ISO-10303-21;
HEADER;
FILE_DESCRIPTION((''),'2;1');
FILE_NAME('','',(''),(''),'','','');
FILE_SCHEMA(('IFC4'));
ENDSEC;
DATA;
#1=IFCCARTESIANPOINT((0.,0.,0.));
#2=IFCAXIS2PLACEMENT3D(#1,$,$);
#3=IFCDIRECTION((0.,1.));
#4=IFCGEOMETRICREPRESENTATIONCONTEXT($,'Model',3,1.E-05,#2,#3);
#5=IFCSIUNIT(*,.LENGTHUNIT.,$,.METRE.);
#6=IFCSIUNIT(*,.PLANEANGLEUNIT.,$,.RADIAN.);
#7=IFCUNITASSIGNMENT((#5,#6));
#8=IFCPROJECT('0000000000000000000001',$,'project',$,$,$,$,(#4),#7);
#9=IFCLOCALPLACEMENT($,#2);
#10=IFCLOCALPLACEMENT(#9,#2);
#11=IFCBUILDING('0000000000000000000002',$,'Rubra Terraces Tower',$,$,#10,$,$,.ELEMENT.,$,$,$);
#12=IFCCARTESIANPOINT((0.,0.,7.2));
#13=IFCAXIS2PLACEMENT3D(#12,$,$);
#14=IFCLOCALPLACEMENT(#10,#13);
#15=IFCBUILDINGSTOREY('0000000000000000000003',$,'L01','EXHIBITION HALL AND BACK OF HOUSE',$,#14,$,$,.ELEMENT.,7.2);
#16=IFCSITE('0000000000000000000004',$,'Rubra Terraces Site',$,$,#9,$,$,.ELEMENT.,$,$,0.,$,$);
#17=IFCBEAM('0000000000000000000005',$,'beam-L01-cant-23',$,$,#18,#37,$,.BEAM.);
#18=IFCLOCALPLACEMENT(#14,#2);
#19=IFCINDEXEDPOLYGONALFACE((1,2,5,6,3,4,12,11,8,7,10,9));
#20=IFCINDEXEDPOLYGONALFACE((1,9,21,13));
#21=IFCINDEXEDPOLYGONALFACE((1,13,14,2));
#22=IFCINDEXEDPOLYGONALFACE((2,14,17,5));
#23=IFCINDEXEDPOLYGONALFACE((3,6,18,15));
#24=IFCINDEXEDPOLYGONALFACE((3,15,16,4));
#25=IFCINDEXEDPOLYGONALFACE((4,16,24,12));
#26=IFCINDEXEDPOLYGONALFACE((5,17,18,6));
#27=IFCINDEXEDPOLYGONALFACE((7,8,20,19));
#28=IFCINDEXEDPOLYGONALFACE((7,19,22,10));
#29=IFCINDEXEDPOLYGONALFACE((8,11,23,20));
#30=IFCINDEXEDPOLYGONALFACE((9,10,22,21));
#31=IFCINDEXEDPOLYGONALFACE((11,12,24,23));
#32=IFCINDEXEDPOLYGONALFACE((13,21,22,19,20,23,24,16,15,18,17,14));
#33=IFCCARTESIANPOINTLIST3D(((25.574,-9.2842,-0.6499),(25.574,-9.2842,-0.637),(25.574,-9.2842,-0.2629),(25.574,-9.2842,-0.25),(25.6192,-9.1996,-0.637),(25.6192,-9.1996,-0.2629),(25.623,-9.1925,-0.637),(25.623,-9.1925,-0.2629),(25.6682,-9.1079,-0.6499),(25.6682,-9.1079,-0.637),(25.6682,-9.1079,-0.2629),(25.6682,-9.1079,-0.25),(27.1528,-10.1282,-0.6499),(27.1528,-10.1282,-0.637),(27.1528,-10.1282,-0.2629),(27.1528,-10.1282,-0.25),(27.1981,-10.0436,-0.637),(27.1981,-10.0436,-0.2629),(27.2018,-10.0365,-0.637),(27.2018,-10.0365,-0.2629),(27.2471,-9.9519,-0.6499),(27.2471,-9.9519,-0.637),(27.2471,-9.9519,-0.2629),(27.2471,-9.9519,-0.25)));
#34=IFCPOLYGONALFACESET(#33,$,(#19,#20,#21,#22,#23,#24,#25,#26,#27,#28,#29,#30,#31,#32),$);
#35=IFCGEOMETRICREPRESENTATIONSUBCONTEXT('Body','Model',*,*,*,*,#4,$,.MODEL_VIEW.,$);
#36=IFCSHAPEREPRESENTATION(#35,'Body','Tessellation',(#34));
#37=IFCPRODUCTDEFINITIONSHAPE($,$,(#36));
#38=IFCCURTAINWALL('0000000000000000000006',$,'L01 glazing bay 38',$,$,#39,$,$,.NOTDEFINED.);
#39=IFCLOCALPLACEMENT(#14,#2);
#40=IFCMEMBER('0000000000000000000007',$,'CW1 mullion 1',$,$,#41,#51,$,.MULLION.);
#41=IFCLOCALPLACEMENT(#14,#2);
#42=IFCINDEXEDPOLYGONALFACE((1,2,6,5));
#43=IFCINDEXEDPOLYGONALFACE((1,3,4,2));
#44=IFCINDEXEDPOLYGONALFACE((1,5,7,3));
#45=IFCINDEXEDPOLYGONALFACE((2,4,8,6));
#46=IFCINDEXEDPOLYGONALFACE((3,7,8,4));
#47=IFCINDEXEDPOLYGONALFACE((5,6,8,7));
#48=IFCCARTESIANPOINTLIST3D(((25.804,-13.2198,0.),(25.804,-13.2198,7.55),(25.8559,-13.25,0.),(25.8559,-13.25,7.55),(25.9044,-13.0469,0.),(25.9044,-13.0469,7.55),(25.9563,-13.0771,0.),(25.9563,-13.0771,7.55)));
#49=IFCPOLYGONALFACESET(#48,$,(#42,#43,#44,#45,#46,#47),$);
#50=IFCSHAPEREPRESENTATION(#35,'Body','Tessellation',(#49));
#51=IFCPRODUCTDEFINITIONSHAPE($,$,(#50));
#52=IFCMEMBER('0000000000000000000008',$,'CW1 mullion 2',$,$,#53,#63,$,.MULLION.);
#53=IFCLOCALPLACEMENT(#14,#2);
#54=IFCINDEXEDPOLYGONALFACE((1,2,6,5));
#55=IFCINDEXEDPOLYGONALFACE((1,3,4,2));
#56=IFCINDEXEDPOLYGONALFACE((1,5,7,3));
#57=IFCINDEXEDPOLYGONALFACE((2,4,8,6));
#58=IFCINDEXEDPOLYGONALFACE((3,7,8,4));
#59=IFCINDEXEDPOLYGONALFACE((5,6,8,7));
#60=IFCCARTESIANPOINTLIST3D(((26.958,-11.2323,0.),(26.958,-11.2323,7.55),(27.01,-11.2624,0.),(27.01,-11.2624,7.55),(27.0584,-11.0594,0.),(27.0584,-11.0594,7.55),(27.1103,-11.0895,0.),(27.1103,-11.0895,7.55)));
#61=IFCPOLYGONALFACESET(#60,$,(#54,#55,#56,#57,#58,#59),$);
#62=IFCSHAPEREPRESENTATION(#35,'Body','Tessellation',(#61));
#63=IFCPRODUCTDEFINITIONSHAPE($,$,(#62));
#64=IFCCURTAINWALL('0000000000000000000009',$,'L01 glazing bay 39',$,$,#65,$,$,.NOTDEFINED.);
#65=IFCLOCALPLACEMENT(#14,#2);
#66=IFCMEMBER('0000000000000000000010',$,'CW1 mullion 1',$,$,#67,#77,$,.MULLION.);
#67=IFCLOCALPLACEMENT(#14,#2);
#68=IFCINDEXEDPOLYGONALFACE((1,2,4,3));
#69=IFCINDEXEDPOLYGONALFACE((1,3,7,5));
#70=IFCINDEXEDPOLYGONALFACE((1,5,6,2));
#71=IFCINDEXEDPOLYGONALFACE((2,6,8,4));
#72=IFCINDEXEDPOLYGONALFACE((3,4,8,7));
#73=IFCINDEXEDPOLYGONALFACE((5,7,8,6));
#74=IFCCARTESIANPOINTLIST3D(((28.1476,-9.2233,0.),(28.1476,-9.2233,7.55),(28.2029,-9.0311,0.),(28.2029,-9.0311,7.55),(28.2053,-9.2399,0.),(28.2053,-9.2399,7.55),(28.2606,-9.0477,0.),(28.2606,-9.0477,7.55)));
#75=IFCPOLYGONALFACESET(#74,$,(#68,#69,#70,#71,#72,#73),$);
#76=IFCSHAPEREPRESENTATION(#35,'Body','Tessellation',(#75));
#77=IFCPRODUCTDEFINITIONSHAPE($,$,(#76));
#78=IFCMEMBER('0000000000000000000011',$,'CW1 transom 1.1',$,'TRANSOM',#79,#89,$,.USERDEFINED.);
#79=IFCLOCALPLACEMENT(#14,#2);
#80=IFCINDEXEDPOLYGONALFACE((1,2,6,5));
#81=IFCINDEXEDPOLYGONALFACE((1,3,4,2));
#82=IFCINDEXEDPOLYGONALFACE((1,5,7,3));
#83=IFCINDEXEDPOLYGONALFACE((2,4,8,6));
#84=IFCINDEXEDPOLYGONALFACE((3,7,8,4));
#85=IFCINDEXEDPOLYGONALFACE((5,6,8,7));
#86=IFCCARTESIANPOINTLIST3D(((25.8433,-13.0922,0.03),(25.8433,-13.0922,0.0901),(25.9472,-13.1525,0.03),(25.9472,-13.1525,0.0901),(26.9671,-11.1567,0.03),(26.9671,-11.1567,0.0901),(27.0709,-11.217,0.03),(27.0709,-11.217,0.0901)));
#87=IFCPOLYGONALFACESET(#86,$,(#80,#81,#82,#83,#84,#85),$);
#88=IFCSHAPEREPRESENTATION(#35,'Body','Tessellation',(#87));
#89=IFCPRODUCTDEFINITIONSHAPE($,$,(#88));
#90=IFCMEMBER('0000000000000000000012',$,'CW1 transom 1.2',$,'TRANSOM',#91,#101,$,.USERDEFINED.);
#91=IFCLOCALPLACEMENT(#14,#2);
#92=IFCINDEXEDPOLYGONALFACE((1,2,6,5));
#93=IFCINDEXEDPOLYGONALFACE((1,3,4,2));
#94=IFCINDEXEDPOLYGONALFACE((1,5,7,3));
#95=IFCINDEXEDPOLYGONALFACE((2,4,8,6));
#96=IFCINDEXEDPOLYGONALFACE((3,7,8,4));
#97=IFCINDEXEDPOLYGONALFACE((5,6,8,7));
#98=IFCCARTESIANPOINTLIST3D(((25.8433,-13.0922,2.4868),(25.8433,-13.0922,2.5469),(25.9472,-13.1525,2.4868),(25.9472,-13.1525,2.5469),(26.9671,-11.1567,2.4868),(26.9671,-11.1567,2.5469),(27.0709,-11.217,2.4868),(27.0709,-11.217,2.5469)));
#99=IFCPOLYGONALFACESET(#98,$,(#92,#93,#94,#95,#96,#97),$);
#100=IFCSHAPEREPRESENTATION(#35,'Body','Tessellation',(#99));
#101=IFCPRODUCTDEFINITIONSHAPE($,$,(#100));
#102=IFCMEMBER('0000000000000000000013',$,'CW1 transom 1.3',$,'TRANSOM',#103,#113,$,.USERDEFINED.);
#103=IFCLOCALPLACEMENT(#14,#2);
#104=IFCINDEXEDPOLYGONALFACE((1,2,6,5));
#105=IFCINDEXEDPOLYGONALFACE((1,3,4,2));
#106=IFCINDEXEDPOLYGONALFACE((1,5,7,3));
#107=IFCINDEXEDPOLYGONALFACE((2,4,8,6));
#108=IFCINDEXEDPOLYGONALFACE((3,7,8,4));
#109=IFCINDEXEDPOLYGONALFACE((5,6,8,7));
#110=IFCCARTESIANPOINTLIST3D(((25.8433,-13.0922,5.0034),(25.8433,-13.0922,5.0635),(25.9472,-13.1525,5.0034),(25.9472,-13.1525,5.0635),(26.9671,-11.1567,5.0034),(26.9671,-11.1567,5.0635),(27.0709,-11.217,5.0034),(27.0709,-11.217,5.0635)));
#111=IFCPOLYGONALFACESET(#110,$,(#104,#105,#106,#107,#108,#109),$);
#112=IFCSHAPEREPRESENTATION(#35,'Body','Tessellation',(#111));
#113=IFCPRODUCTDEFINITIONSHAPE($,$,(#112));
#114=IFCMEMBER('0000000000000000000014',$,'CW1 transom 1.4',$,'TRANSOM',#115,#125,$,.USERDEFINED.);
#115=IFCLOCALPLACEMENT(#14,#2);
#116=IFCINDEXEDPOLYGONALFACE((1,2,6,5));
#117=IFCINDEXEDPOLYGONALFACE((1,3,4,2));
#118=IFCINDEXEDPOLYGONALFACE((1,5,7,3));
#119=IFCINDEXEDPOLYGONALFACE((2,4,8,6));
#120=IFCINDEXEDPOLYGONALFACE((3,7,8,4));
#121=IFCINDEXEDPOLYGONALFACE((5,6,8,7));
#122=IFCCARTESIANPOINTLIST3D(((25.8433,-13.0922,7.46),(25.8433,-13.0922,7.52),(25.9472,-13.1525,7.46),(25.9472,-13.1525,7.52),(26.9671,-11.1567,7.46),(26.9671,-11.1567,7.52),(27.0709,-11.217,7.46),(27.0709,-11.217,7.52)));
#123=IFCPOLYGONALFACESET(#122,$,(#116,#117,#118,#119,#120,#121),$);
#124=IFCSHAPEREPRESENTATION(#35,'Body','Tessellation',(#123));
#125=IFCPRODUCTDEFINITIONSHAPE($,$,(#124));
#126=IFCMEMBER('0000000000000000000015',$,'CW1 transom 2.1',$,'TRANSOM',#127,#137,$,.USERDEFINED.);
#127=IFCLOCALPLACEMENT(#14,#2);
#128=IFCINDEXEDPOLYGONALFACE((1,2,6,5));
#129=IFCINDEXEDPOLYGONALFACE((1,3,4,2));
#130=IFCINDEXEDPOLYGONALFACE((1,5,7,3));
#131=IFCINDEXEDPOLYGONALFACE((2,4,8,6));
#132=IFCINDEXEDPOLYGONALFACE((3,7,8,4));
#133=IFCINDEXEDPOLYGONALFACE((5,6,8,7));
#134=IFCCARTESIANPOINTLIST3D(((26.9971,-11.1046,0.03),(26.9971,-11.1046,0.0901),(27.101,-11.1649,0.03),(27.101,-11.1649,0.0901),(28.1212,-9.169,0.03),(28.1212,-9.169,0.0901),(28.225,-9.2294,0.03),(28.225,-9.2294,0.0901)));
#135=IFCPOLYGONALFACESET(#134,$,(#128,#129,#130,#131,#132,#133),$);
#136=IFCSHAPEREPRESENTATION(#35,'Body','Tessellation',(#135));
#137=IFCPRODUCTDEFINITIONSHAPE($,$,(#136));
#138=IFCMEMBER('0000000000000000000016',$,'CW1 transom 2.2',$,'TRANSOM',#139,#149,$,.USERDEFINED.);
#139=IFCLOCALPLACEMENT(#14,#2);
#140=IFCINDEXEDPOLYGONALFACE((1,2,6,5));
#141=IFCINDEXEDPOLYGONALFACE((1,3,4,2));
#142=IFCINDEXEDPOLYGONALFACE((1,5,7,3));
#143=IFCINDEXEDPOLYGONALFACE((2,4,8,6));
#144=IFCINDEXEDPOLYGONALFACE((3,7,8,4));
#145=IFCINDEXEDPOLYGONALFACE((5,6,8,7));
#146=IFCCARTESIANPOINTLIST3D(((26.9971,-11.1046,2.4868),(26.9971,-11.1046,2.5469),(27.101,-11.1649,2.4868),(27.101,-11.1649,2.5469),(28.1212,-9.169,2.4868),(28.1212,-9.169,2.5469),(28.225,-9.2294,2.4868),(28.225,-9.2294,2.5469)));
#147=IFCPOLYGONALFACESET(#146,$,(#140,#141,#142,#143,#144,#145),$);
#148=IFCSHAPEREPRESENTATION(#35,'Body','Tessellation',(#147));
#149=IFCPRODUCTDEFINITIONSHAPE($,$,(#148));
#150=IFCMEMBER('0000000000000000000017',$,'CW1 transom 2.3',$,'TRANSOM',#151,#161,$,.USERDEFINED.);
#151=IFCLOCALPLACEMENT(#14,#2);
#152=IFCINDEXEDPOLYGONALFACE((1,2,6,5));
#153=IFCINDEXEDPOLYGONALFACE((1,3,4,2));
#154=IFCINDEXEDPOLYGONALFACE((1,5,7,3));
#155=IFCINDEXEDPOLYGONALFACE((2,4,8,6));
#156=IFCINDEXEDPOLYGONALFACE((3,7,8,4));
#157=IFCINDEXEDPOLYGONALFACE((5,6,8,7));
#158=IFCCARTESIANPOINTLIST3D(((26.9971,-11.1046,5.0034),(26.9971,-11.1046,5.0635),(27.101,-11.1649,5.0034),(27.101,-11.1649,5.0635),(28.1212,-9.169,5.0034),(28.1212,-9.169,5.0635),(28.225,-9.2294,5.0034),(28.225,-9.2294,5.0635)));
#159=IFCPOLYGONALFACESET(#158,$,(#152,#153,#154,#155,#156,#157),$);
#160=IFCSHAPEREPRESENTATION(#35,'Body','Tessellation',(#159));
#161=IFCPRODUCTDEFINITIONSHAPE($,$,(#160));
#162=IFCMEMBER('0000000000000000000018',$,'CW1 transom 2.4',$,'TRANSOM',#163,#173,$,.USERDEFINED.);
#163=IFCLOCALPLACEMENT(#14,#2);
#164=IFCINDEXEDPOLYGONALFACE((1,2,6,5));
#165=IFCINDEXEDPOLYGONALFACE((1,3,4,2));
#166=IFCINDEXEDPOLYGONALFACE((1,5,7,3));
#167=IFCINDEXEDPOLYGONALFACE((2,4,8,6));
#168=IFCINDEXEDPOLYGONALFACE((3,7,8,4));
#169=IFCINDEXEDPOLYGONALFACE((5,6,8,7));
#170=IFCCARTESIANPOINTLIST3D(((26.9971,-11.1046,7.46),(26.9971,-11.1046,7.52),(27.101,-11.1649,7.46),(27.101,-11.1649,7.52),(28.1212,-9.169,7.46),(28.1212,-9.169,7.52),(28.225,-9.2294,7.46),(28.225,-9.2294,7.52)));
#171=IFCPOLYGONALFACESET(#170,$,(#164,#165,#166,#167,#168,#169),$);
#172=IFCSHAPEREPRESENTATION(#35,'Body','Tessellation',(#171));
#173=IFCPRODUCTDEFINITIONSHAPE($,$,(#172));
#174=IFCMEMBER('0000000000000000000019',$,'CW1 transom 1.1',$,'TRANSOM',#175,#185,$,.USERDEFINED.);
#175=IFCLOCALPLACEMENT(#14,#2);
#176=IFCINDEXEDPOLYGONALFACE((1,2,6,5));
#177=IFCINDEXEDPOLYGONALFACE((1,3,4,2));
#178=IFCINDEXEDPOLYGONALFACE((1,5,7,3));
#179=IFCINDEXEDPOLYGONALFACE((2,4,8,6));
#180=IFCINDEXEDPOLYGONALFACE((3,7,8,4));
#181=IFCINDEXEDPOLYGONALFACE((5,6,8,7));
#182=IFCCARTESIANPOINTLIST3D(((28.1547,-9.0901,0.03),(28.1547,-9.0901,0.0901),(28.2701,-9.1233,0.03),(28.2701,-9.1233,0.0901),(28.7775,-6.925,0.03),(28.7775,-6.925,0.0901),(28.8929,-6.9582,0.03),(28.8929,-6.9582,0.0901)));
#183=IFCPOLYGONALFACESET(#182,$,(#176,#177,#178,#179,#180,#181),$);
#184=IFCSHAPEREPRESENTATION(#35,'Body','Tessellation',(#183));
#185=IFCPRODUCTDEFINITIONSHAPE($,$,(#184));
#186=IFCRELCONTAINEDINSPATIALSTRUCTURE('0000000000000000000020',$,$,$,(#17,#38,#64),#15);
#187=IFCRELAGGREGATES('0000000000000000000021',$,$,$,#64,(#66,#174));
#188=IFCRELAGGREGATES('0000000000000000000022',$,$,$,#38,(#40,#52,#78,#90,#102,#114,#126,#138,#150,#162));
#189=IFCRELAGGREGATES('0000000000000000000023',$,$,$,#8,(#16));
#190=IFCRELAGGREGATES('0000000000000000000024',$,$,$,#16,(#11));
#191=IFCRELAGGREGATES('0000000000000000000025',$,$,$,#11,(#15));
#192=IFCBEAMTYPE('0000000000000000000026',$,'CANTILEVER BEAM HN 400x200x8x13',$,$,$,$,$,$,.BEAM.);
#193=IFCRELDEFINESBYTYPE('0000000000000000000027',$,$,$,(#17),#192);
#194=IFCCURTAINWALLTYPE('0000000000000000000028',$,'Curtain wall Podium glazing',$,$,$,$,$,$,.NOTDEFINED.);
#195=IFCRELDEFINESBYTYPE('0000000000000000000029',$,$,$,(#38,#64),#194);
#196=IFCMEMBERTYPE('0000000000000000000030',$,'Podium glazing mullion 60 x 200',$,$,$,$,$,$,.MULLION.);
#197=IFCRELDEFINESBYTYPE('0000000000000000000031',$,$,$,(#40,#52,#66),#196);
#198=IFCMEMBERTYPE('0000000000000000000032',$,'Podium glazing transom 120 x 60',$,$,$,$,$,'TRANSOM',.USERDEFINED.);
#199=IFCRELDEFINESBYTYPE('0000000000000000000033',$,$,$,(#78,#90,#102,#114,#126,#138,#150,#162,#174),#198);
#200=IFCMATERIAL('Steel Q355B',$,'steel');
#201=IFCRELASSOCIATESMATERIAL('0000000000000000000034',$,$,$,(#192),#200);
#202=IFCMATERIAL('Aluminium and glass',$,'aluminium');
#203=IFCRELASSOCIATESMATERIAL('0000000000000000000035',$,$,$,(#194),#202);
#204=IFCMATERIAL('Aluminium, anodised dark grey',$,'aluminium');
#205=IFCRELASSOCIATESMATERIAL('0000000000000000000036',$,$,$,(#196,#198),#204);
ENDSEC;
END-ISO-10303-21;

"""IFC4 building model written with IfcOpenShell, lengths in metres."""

from ifc_helpers import new_model, si_unit, direction, frame, origin, origin_2d, place, context, subcontext, project, spatial, rectangle, i_section, extrude, material, material_profile, profile_set, type_object, element, aggregate, save


model = new_model("IFC4")

# Units and contexts
model_context = context("Model", 3, precision=1e-05, world=origin(), true_north=direction((0.0, 1.0)))
body_context = subcontext(model_context, "Body", "Model", "MODEL_VIEW")
ifc_project = project(units=[si_unit("LENGTHUNIT", "METRE"), si_unit("PLANEANGLEUNIT", "RADIAN")], contexts=[model_context])

# Site, building, storey
site_placement = place(None, origin())
site = spatial("IfcSite", under=ifc_project, at=site_placement, Name="Rubra Terraces Site", CompositionType="ELEMENT", RefElevation=0.0)
building_placement = place(site_placement, origin())
building = spatial("IfcBuilding", under=site, at=building_placement, Name="Rubra Terraces Tower", CompositionType="ELEMENT")
storey_placement = place(building_placement, frame((0.0, 0.0, 7.2)))
storey = spatial("IfcBuildingStorey", under=building, at=storey_placement, Name="L01", Description="EXHIBITION HALL AND BACK OF HOUSE", CompositionType="ELEMENT", Elevation=7.2)

# Beam
ifc_material_1 = material(Name="Steel Q355B", Category="steel")
ifc_material_profile_1 = material_profile(ifc_material_1, i_section(OverallWidth=0.2, OverallDepth=0.3999, WebThickness=0.0081, FlangeThickness=0.0129, at=origin_2d()), Name="HN 400x200x8x13")
ifc_profile_set_1 = profile_set([ifc_material_profile_1], Name="Steel Q355B")
beam_type = type_object("IfcBeamType", Name="CANTILEVER BEAM HN 400x200x8x13", PredefinedType="BEAM", material=ifc_profile_set_1)
beam_placement = place(storey_placement, frame((25.6211, -9.196, -0.45), z_axis=(0.881903, -0.47143, 0.0), x_axis=(0.47143, 0.881903, 0.0)))
element("IfcBeam", 1, at=beam_placement, inside=storey, type_object=beam_type, Name="beam-L01-cant-23", PredefinedType="BEAM", context=body_context, shape_type="SweptSolid", body=[
    extrude(i_section(OverallWidth=0.2, OverallDepth=0.3999, WebThickness=0.0081, FlangeThickness=0.0129, at=origin_2d()), origin(), (0.0, 0.0, 1.0), 1.7903),
])

# Curtain wall, members
ifc_material_2 = material(Name="Aluminium and glass", Category="aluminium")
curtain_wall_type = type_object("IfcCurtainWallType", Name="Curtain wall Podium glazing", PredefinedType="NOTDEFINED", material=ifc_material_2)
curtain_wall_1_placement = place(storey_placement, origin())
curtain_wall_1 = element("IfcCurtainWall", 2, at=curtain_wall_1_placement, inside=storey, type_object=curtain_wall_type, Name="L01 glazing bay 38", PredefinedType="NOTDEFINED")
ifc_material_3 = material(Name="Aluminium, anodised dark grey", Category="aluminium")
ifc_material_profile_2 = material_profile(ifc_material_3, rectangle(XDim=0.0601, YDim=0.2, at=origin_2d()), Name="AL 60x200")
ifc_profile_set_2 = profile_set([ifc_material_profile_2], Name="Aluminium, anodised dark grey")
member_type_1 = type_object("IfcMemberType", Name="Podium glazing mullion 60 x 200", PredefinedType="MULLION", material=ifc_profile_set_2)
member_1_placement = place(storey_placement, frame((25.8801, -13.1484, 0.0), z_axis=(0.0, 0.0, 1.0), x_axis=(-0.864813, 0.502094, 0.0)))
member_1 = element("IfcMember", 3, at=member_1_placement, type_object=member_type_1, Name="CW1 mullion 1", PredefinedType="MULLION", context=body_context, shape_type="SweptSolid", body=[
    extrude(rectangle(XDim=0.0601, YDim=0.2, at=origin_2d()), origin(), (0.0, 0.0, 1.0), 7.55),
])
member_2_placement = place(storey_placement, frame((27.0342, -11.1609, 0.0), z_axis=(0.0, 0.0, 1.0), x_axis=(-0.864813, 0.502094, 0.0)))
member_2 = element("IfcMember", 4, at=member_2_placement, type_object=member_type_1, Name="CW1 mullion 2", PredefinedType="MULLION", context=body_context, shape_type="SweptSolid", body=[
    extrude(rectangle(XDim=0.0601, YDim=0.2, at=origin_2d()), origin(), (0.0, 0.0, 1.0), 7.55),
])

# Curtain wall, member
curtain_wall_2_placement = place(storey_placement, origin())
curtain_wall_2 = element("IfcCurtainWall", 5, at=curtain_wall_2_placement, inside=storey, type_object=curtain_wall_type, Name="L01 glazing bay 39", PredefinedType="NOTDEFINED")
member_3_placement = place(storey_placement, frame((28.2041, -9.1355, 0.0), z_axis=(0.0, 0.0, 1.0), x_axis=(-0.961047, 0.276384, 0.0)))
member_3 = element("IfcMember", 6, at=member_3_placement, type_object=member_type_1, Name="CW1 mullion 1", PredefinedType="MULLION", context=body_context, shape_type="SweptSolid", body=[
    extrude(rectangle(XDim=0.0601, YDim=0.2, at=origin_2d()), origin(), (0.0, 0.0, 1.0), 7.55),
])

# Members
ifc_material_profile_3 = material_profile(ifc_material_3, rectangle(XDim=0.1201, YDim=0.0601, at=origin_2d()), Name="AL 120x60")
ifc_profile_set_3 = profile_set([ifc_material_profile_3], Name="Aluminium, anodised dark grey")
member_type_2 = type_object("IfcMemberType", Name="Podium glazing transom 120 x 60", ElementType="TRANSOM", PredefinedType="USERDEFINED", material=ifc_profile_set_3)
member_4_placement = place(storey_placement, frame((25.8953, -13.1223, 0.0601), z_axis=(0.502107, 0.864806, 0.0), x_axis=(-0.864806, 0.502107, 0.0)))
member_4 = element("IfcMember", 7, at=member_4_placement, type_object=member_type_2, Name="CW1 transom 1.1", ObjectType="TRANSOM", PredefinedType="USERDEFINED", context=body_context, shape_type="SweptSolid", body=[
    extrude(rectangle(XDim=0.1201, YDim=0.0601, at=origin_2d()), origin(), (0.0, 0.0, 1.0), 2.238),
])
member_5_placement = place(storey_placement, frame((25.8953, -13.1223, 2.5168), z_axis=(0.502107, 0.864806, 0.0), x_axis=(-0.864806, 0.502107, 0.0)))
member_5 = element("IfcMember", 8, at=member_5_placement, type_object=member_type_2, Name="CW1 transom 1.2", ObjectType="TRANSOM", PredefinedType="USERDEFINED", context=body_context, shape_type="SweptSolid", body=[
    extrude(rectangle(XDim=0.1201, YDim=0.0601, at=origin_2d()), origin(), (0.0, 0.0, 1.0), 2.238),
])
member_6_placement = place(storey_placement, frame((25.8953, -13.1223, 5.0334), z_axis=(0.502107, 0.864806, 0.0), x_axis=(-0.864806, 0.502107, 0.0)))
member_6 = element("IfcMember", 9, at=member_6_placement, type_object=member_type_2, Name="CW1 transom 1.3", ObjectType="TRANSOM", PredefinedType="USERDEFINED", context=body_context, shape_type="SweptSolid", body=[
    extrude(rectangle(XDim=0.1201, YDim=0.0601, at=origin_2d()), origin(), (0.0, 0.0, 1.0), 2.238),
])
member_7_placement = place(storey_placement, frame((25.8953, -13.1223, 7.49), z_axis=(0.502107, 0.864806, 0.0), x_axis=(-0.864806, 0.502107, 0.0)))
member_7 = element("IfcMember", 10, at=member_7_placement, type_object=member_type_2, Name="CW1 transom 1.4", ObjectType="TRANSOM", PredefinedType="USERDEFINED", context=body_context, shape_type="SweptSolid", body=[
    extrude(rectangle(XDim=0.1201, YDim=0.0601, at=origin_2d()), origin(), (0.0, 0.0, 1.0), 2.238),
])
member_8_placement = place(storey_placement, frame((27.0491, -11.1348, 0.0601), z_axis=(0.502188, 0.864758, 0.0), x_axis=(-0.864758, 0.502188, 0.0)))
member_8 = element("IfcMember", 11, at=member_8_placement, type_object=member_type_2, Name="CW1 transom 2.1", ObjectType="TRANSOM", PredefinedType="USERDEFINED", context=body_context, shape_type="SweptSolid", body=[
    extrude(rectangle(XDim=0.1201, YDim=0.0601, at=origin_2d()), origin(), (0.0, 0.0, 1.0), 2.2383),
])
member_9_placement = place(storey_placement, frame((27.0491, -11.1348, 2.5168), z_axis=(0.502188, 0.864758, 0.0), x_axis=(-0.864758, 0.502188, 0.0)))
member_9 = element("IfcMember", 12, at=member_9_placement, type_object=member_type_2, Name="CW1 transom 2.2", ObjectType="TRANSOM", PredefinedType="USERDEFINED", context=body_context, shape_type="SweptSolid", body=[
    extrude(rectangle(XDim=0.1201, YDim=0.0601, at=origin_2d()), origin(), (0.0, 0.0, 1.0), 2.2383),
])
member_10_placement = place(storey_placement, frame((27.0491, -11.1348, 5.0334), z_axis=(0.502188, 0.864758, 0.0), x_axis=(-0.864758, 0.502188, 0.0)))
member_10 = element("IfcMember", 13, at=member_10_placement, type_object=member_type_2, Name="CW1 transom 2.3", ObjectType="TRANSOM", PredefinedType="USERDEFINED", context=body_context, shape_type="SweptSolid", body=[
    extrude(rectangle(XDim=0.1201, YDim=0.0601, at=origin_2d()), origin(), (0.0, 0.0, 1.0), 2.2383),
])
member_11_placement = place(storey_placement, frame((27.0491, -11.1348, 7.49), z_axis=(0.502188, 0.864758, 0.0), x_axis=(-0.864758, 0.502188, 0.0)))
member_11 = element("IfcMember", 14, at=member_11_placement, type_object=member_type_2, Name="CW1 transom 2.4", ObjectType="TRANSOM", PredefinedType="USERDEFINED", context=body_context, shape_type="SweptSolid", body=[
    extrude(rectangle(XDim=0.1201, YDim=0.0601, at=origin_2d()), origin(), (0.0, 0.0, 1.0), 2.2383),
])
member_12_placement = place(storey_placement, frame((28.2124, -9.1067, 0.0601), z_axis=(0.276453, 0.961028, 0.0), x_axis=(-0.961028, 0.276453, 0.0)))
member_12 = element("IfcMember", 15, at=member_12_placement, type_object=member_type_2, Name="CW1 transom 1.1", ObjectType="TRANSOM", PredefinedType="USERDEFINED", context=body_context, shape_type="SweptSolid", body=[
    extrude(rectangle(XDim=0.1201, YDim=0.0601, at=origin_2d()), origin(), (0.0, 0.0, 1.0), 2.2529),
])
aggregate(curtain_wall_2, [member_3, member_12])

aggregate(curtain_wall_1, [member_1, member_2, member_4, member_5, member_6, member_7, member_8, member_9, member_10, member_11])

save(model, "model.ifc")
